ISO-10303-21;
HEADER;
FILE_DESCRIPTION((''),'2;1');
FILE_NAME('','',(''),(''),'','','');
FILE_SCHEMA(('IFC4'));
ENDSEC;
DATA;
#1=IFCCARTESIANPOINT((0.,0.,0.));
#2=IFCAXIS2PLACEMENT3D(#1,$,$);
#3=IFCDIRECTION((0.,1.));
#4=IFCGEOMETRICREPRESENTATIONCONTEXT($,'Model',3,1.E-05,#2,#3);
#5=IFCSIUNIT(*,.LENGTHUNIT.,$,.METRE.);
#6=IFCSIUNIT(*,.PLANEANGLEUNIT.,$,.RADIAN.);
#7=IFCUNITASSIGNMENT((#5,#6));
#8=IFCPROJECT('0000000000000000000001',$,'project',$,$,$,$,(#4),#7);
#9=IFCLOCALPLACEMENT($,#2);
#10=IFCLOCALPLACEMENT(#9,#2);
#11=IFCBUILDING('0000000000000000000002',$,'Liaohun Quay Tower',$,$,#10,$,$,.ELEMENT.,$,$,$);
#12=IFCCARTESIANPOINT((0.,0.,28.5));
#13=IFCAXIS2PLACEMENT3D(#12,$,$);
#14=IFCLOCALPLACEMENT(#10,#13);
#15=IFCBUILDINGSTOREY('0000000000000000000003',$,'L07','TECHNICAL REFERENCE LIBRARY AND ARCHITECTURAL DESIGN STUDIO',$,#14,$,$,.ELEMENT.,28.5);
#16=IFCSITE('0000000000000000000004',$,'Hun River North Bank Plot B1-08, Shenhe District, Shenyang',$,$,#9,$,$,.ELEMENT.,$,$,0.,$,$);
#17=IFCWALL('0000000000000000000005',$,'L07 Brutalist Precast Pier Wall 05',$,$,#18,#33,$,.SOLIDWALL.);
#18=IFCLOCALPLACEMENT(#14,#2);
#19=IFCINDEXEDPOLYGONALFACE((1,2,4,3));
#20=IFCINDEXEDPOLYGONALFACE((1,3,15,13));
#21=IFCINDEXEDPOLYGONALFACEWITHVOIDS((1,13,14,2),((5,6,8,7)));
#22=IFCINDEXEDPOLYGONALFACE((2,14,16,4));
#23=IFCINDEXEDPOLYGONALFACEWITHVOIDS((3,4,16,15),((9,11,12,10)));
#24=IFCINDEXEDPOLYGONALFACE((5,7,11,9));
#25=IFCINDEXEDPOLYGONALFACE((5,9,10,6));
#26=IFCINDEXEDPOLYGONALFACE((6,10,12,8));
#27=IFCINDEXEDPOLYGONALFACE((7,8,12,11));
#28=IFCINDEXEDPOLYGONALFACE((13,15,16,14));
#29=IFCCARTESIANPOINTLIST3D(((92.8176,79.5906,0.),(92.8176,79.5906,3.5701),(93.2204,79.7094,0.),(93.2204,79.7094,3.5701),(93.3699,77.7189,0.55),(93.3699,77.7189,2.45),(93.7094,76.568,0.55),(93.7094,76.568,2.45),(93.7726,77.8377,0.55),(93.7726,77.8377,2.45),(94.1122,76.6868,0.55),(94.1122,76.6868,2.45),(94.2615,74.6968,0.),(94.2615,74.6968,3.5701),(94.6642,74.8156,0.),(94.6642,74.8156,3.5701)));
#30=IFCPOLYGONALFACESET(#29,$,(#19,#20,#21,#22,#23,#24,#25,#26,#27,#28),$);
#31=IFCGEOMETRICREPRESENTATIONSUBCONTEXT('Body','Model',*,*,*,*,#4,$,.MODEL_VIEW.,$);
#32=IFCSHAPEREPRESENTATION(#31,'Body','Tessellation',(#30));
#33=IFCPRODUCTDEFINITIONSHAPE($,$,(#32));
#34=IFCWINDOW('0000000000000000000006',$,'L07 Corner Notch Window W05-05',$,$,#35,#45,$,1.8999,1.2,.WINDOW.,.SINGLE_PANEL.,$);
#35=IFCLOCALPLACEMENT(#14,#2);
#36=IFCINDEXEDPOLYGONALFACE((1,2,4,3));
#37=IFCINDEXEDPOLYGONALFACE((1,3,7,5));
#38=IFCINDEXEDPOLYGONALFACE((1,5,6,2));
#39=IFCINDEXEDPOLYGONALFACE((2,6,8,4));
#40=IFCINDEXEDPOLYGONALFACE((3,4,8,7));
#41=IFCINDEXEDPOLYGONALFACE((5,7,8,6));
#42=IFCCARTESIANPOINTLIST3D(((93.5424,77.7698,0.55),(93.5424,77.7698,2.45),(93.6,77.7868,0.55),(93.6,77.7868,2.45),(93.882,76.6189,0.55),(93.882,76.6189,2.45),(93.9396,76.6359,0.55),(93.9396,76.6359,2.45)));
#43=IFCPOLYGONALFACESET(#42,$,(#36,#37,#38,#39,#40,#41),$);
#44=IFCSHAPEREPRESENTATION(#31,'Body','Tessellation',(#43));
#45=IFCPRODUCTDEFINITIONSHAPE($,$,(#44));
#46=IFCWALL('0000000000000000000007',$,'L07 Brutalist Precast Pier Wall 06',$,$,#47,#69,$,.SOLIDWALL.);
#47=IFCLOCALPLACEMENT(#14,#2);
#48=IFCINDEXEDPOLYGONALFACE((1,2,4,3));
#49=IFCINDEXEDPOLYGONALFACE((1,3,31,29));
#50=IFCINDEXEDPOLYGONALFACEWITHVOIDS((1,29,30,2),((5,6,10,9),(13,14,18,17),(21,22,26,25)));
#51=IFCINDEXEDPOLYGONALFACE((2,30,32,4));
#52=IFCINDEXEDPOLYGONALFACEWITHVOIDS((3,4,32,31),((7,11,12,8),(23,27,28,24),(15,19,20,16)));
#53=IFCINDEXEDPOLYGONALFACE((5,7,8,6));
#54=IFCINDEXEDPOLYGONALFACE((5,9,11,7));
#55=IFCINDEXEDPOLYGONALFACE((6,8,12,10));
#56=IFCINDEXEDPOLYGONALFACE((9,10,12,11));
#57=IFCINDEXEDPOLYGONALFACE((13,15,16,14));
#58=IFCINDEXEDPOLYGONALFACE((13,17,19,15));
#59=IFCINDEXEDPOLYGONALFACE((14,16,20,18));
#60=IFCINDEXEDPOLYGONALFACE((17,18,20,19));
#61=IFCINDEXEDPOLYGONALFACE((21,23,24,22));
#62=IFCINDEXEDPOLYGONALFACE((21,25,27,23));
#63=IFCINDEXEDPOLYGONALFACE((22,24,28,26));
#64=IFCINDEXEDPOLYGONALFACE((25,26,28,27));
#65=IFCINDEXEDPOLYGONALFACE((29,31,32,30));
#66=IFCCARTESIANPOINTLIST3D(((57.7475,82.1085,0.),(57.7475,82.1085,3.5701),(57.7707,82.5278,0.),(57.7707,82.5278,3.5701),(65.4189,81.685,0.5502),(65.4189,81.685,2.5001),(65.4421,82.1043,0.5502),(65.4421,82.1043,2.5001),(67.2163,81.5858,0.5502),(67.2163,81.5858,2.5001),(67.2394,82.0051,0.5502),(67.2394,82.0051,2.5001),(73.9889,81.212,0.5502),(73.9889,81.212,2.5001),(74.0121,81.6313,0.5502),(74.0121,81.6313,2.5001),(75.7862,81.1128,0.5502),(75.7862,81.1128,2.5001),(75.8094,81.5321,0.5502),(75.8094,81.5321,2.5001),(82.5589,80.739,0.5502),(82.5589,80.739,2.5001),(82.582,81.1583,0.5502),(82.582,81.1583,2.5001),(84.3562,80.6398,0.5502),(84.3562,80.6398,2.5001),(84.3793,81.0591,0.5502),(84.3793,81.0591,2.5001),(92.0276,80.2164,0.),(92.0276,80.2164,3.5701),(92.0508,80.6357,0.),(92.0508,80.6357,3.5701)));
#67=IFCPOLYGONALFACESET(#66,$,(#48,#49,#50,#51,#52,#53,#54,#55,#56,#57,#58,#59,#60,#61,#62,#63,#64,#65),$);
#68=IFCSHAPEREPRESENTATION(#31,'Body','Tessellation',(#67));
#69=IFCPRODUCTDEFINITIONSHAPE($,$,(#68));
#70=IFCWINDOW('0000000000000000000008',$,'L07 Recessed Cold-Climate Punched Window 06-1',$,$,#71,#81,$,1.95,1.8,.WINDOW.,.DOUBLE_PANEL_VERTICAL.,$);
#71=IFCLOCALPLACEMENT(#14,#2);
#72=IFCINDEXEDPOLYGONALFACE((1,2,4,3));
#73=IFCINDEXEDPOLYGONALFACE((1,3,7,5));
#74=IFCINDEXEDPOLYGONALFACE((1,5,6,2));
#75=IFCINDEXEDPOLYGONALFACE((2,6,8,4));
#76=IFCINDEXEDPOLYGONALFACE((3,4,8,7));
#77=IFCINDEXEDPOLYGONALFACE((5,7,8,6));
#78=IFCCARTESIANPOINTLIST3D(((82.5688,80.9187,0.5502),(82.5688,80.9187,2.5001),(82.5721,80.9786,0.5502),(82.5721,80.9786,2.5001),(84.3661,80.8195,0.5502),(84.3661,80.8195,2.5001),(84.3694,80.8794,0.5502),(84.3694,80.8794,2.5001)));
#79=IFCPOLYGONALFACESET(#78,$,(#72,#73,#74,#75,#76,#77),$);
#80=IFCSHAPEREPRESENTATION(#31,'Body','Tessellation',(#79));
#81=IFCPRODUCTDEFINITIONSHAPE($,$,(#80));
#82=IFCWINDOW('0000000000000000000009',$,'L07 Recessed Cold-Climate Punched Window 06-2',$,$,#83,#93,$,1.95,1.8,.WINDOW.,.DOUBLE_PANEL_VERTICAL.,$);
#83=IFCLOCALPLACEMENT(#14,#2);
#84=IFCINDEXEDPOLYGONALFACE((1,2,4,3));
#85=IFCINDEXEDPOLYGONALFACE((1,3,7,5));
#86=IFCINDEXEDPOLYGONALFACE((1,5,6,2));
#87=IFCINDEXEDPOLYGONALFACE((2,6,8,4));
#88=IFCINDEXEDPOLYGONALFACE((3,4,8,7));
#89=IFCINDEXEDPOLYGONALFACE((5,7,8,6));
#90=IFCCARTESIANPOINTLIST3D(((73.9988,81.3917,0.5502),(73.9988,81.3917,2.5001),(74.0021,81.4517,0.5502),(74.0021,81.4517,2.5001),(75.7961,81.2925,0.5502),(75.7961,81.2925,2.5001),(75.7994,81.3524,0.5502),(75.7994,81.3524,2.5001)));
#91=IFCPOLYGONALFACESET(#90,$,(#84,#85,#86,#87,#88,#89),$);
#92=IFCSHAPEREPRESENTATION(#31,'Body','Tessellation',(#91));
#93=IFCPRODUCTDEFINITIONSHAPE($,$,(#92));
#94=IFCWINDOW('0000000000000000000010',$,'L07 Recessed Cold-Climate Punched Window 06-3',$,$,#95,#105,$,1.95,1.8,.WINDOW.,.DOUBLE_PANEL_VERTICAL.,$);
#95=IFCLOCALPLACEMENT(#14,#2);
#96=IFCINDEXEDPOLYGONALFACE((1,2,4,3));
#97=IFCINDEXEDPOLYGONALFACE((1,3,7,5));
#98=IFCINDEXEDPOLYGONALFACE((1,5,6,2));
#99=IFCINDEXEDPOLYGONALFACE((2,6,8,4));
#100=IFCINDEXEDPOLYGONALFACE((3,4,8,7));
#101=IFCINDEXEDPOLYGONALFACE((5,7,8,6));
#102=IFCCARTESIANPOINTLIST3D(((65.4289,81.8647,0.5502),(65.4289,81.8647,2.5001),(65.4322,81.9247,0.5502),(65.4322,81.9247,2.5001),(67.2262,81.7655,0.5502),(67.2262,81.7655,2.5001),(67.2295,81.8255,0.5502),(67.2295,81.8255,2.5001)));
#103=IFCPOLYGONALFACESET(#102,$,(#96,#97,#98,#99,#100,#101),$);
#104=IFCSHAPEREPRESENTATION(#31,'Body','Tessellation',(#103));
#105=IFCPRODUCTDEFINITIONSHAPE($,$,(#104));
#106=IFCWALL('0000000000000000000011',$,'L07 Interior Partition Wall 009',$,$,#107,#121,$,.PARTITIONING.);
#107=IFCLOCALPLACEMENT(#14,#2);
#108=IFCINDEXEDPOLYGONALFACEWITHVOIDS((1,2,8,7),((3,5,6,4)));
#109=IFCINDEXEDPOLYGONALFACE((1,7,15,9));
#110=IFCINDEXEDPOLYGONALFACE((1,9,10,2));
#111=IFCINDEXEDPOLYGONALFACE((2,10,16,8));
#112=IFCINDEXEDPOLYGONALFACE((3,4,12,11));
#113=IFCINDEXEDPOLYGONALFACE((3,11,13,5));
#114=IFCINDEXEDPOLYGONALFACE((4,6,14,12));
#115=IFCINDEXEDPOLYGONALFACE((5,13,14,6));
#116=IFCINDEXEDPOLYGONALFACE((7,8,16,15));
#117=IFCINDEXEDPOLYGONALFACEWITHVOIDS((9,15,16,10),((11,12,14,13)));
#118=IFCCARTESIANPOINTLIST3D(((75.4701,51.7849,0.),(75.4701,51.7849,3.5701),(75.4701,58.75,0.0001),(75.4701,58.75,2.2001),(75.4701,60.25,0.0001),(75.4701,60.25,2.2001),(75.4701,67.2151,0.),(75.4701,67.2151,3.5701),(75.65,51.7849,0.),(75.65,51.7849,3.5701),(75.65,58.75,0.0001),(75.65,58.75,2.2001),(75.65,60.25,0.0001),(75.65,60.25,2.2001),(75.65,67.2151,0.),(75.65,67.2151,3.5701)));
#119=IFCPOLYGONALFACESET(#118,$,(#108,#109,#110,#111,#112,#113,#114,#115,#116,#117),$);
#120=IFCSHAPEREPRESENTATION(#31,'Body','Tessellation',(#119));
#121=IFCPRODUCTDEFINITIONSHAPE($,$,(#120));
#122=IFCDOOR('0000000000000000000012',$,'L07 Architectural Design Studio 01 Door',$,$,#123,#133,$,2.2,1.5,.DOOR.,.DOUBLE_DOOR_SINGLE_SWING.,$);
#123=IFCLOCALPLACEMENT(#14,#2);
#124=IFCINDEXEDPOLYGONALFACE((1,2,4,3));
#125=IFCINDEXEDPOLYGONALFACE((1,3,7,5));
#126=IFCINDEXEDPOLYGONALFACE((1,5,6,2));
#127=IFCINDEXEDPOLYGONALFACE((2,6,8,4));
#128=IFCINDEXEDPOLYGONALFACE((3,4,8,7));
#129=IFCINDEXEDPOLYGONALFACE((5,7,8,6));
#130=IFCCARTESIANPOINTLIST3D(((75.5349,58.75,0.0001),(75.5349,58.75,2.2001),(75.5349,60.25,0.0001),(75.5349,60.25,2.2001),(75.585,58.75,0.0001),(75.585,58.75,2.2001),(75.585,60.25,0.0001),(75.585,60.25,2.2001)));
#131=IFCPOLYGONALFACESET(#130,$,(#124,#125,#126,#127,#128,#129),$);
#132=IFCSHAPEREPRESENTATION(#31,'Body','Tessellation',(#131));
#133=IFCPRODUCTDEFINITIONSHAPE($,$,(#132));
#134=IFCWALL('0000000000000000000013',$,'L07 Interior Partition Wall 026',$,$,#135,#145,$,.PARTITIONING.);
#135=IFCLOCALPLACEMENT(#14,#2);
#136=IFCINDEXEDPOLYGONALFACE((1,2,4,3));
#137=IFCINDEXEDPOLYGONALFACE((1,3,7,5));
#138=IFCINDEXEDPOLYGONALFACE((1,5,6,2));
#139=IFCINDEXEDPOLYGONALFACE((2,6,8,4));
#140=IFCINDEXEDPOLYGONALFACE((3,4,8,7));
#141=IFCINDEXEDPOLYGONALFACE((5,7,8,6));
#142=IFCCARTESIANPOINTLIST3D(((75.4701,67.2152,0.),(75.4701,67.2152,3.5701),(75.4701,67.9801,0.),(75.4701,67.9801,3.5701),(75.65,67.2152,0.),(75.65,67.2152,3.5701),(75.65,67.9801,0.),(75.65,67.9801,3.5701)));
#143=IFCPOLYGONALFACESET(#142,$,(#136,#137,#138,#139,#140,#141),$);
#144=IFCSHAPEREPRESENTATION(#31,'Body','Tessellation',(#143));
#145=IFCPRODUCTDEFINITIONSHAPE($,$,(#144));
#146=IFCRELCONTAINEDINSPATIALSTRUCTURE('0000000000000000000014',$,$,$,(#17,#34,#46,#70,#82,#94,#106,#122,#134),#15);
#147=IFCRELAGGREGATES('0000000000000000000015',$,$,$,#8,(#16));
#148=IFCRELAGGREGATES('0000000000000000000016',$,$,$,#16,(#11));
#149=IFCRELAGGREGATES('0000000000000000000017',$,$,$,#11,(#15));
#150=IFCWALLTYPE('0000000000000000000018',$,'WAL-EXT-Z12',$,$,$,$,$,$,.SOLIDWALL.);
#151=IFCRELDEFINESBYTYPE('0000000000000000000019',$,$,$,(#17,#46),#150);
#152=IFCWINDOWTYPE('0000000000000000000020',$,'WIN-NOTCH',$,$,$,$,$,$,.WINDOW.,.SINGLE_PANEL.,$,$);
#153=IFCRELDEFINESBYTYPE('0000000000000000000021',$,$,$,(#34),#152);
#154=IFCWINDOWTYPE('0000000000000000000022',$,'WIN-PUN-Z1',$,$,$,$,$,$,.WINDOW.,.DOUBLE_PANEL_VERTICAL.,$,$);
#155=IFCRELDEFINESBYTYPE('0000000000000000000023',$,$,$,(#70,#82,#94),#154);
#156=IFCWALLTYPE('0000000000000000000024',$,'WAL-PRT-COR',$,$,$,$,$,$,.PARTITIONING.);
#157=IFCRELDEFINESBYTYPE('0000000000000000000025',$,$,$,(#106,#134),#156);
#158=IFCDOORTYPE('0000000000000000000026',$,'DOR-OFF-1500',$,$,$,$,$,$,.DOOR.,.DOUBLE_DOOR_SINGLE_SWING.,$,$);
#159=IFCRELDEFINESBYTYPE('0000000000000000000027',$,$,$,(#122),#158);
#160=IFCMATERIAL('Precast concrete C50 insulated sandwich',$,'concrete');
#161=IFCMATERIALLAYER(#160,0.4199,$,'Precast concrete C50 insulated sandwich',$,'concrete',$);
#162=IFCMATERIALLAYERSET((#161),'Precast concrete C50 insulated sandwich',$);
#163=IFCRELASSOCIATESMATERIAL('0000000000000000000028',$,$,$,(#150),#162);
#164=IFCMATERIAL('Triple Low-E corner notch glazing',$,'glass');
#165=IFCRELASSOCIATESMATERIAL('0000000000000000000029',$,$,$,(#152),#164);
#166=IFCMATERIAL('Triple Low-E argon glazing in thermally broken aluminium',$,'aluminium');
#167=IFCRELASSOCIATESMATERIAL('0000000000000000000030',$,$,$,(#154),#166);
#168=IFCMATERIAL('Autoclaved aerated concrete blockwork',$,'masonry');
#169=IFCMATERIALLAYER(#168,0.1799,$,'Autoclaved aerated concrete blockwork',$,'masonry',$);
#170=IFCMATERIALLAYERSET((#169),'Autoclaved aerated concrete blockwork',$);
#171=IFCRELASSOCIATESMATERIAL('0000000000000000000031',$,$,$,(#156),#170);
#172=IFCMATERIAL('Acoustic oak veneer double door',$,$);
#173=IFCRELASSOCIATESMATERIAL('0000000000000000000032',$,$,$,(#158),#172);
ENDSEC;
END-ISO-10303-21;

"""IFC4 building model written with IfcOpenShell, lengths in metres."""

from ifc_helpers import new_model, si_unit, direction, frame, frame_2d, origin, place, context, subcontext, project, spatial, rectangle, extrude, source, transform, mapped, material, layer, layer_set, type_object, element, fill, save


model = new_model("IFC4")

# Units and contexts
model_context = context("Model", 3, precision=1e-05, world=origin(), true_north=direction((0.0, 1.0)))
body_context = subcontext(model_context, "Body", "Model", "MODEL_VIEW")
ifc_project = project(units=[si_unit("LENGTHUNIT", "METRE"), si_unit("PLANEANGLEUNIT", "RADIAN")], contexts=[model_context])

# Site, building, storey
site_placement = place(None, origin())
site = spatial("IfcSite", under=ifc_project, at=site_placement, Name="Hun River North Bank Plot B1-08, Shenhe District, Shenyang", CompositionType="ELEMENT", RefElevation=0.0)
building_placement = place(site_placement, origin())
building = spatial("IfcBuilding", under=site, at=building_placement, Name="Liaohun Quay Tower", CompositionType="ELEMENT")
storey_placement = place(building_placement, frame((0.0, 0.0, 28.5)))
storey = spatial("IfcBuildingStorey", under=building, at=storey_placement, Name="L07", Description="TECHNICAL REFERENCE LIBRARY AND ARCHITECTURAL DESIGN STUDIO", CompositionType="ELEMENT", Elevation=28.5)

# Wall, opening, window
ifc_material_1 = material(Name="Precast concrete C50 insulated sandwich", Category="concrete")
ifc_layer_1 = layer(ifc_material_1, 0.4199, Name="Precast concrete C50 insulated sandwich", Category="concrete")
ifc_layer_set_1 = layer_set([ifc_layer_1], Name="Precast concrete C50 insulated sandwich")
wall_type_1 = type_object("IfcWallType", Name="WAL-EXT-Z12", PredefinedType="SOLIDWALL", material=ifc_layer_set_1)
shared_shape_1 = source(origin(), body_context, "Body", "SweptSolid", [
    extrude(rectangle(XDim=1.2, YDim=1.8999, at=frame_2d((0.6001, 0.95))), frame((0.0, 0.22, 0.0), z_axis=(0.0, -1.0, 0.0), x_axis=(1.0, 0.0, 0.0)), (0.0, 0.0, 1.0), 0.4399),
])
ifc_material_2 = material(Name="Triple Low-E corner notch glazing", Category="glass")
window_type_1 = type_object("IfcWindowType", Name="WIN-NOTCH", PartitioningType="SINGLE_PANEL", PredefinedType="WINDOW", material=ifc_material_2)
shared_shape_2 = source(origin(), body_context, "Body", "SweptSolid", [
    extrude(rectangle(XDim=1.2, YDim=1.8999, at=frame_2d((0.6001, 0.95))), frame((0.0, 0.03, 0.0), z_axis=(0.0, -1.0, 0.0), x_axis=(1.0, 0.0, 0.0)), (0.0, 0.0, 1.0), 0.0601),
])
wall_1_placement = place(storey_placement, frame((94.4629, 74.7561, 0.0), z_axis=(0.0, 0.0, 1.0), x_axis=(-0.282977, 0.959127, 0.0)))
wall_1 = element("IfcWall", 1, at=wall_1_placement, inside=storey, type_object=wall_type_1, Name="L07 Brutalist Precast Pier Wall 05", PredefinedType="SOLIDWALL", context=body_context, shape_type="SweptSolid", body=[
    extrude(rectangle(XDim=5.1023, YDim=0.4199, at=frame_2d((2.5513, 0.0))), origin(), (0.0, 0.0, 1.0), 3.5701),
])
opening_1_placement = place(wall_1_placement, frame((1.9509, 0.0, 0.55)))
opening_1 = element("IfcOpeningElement", 2, at=opening_1_placement, cuts=wall_1, PredefinedType="OPENING", context=body_context, shape_type="MappedRepresentation", body=[
    mapped(shared_shape_1, transform((0.0, 0.0, 0.0), x_axis=(1.0, 0.0, 0.0), y_axis=(0.0, 1.0, 0.0), z_axis=(0.0, 0.0, 1.0), scale=1.0)),
])
window_1_placement = place(opening_1_placement, origin())
window_1 = element("IfcWindow", 3, at=window_1_placement, inside=storey, type_object=window_type_1, Name="L07 Corner Notch Window W05-05", OverallHeight=1.8999, OverallWidth=1.2, PartitioningType="SINGLE_PANEL", PredefinedType="WINDOW", context=body_context, shape_type="MappedRepresentation", body=[
    mapped(shared_shape_2, transform((0.0, 0.0, 0.0), x_axis=(1.0, 0.0, 0.0), y_axis=(0.0, 1.0, 0.0), z_axis=(0.0, 0.0, 1.0), scale=1.0)),
])
fill(opening_1, window_1)

# Wall, openings, windows
wall_2_placement = place(storey_placement, frame((92.0391, 80.426, 0.0), z_axis=(0.0, 0.0, 1.0), x_axis=(-0.99848, 0.055111, 0.0)))
wall_2 = element("IfcWall", 4, at=wall_2_placement, inside=storey, type_object=wall_type_1, Name="L07 Brutalist Precast Pier Wall 06", PredefinedType="SOLIDWALL", context=body_context, shape_type="SweptSolid", body=[
    extrude(rectangle(XDim=34.3323, YDim=0.4199, at=frame_2d((17.166, 0.0))), origin(), (0.0, 0.0, 1.0), 3.5701),
])
shared_shape_3 = source(origin(), body_context, "Body", "SweptSolid", [
    extrude(rectangle(XDim=1.8, YDim=1.95, at=frame_2d((0.8999, 0.9751))), frame((0.0, 0.22, 0.0), z_axis=(0.0, -1.0, 0.0), x_axis=(1.0, 0.0, 0.0)), (0.0, 0.0, 1.0), 0.4399),
])
opening_2_placement = place(wall_2_placement, frame((7.6831, 0.0, 0.55)))
opening_2 = element("IfcOpeningElement", 5, at=opening_2_placement, cuts=wall_2, PredefinedType="OPENING", context=body_context, shape_type="MappedRepresentation", body=[
    mapped(shared_shape_3, transform((0.0, 0.0, 0.0), x_axis=(1.0, 0.0, 0.0), y_axis=(0.0, 1.0, 0.0), z_axis=(0.0, 0.0, 1.0), scale=1.0)),
])
opening_3_placement = place(wall_2_placement, frame((16.2661, 0.0, 0.55)))
opening_3 = element("IfcOpeningElement", 6, at=opening_3_placement, cuts=wall_2, PredefinedType="OPENING", context=body_context, shape_type="MappedRepresentation", body=[
    mapped(shared_shape_3, transform((0.0, 0.0, 0.0), x_axis=(1.0, 0.0, 0.0), y_axis=(0.0, 1.0, 0.0), z_axis=(0.0, 0.0, 1.0), scale=1.0)),
])
opening_4_placement = place(wall_2_placement, frame((24.8491, 0.0, 0.55)))
opening_4 = element("IfcOpeningElement", 7, at=opening_4_placement, cuts=wall_2, PredefinedType="OPENING", context=body_context, shape_type="MappedRepresentation", body=[
    mapped(shared_shape_3, transform((0.0, 0.0, 0.0), x_axis=(1.0, 0.0, 0.0), y_axis=(0.0, 1.0, 0.0), z_axis=(0.0, 0.0, 1.0), scale=1.0)),
])
ifc_material_3 = material(Name="Triple Low-E argon glazing in thermally broken aluminium", Category="aluminium")
window_type_2 = type_object("IfcWindowType", Name="WIN-PUN-Z1", PartitioningType="DOUBLE_PANEL_VERTICAL", PredefinedType="WINDOW", material=ifc_material_3)
shared_shape_4 = source(origin(), body_context, "Body", "SweptSolid", [
    extrude(rectangle(XDim=1.8, YDim=1.95, at=frame_2d((0.8999, 0.9751))), frame((0.0, 0.03, 0.0), z_axis=(0.0, -1.0, 0.0), x_axis=(1.0, 0.0, 0.0)), (0.0, 0.0, 1.0), 0.0601),
])
window_2_placement = place(opening_2_placement, origin())
window_2 = element("IfcWindow", 8, at=window_2_placement, inside=storey, type_object=window_type_2, Name="L07 Recessed Cold-Climate Punched Window 06-1", OverallHeight=1.95, OverallWidth=1.8, PartitioningType="DOUBLE_PANEL_VERTICAL", PredefinedType="WINDOW", context=body_context, shape_type="MappedRepresentation", body=[
    mapped(shared_shape_4, transform((0.0, 0.0, 0.0), x_axis=(1.0, 0.0, 0.0), y_axis=(0.0, 1.0, 0.0), z_axis=(0.0, 0.0, 1.0), scale=1.0)),
])
fill(opening_2, window_2)
window_3_placement = place(opening_3_placement, origin())
window_3 = element("IfcWindow", 9, at=window_3_placement, inside=storey, type_object=window_type_2, Name="L07 Recessed Cold-Climate Punched Window 06-2", OverallHeight=1.95, OverallWidth=1.8, PartitioningType="DOUBLE_PANEL_VERTICAL", PredefinedType="WINDOW", context=body_context, shape_type="MappedRepresentation", body=[
    mapped(shared_shape_4, transform((0.0, 0.0, 0.0), x_axis=(1.0, 0.0, 0.0), y_axis=(0.0, 1.0, 0.0), z_axis=(0.0, 0.0, 1.0), scale=1.0)),
])
fill(opening_3, window_3)
window_4_placement = place(opening_4_placement, origin())
window_4 = element("IfcWindow", 10, at=window_4_placement, inside=storey, type_object=window_type_2, Name="L07 Recessed Cold-Climate Punched Window 06-3", OverallHeight=1.95, OverallWidth=1.8, PartitioningType="DOUBLE_PANEL_VERTICAL", PredefinedType="WINDOW", context=body_context, shape_type="MappedRepresentation", body=[
    mapped(shared_shape_4, transform((0.0, 0.0, 0.0), x_axis=(1.0, 0.0, 0.0), y_axis=(0.0, 1.0, 0.0), z_axis=(0.0, 0.0, 1.0), scale=1.0)),
])
fill(opening_4, window_4)

# Wall, opening, door
ifc_material_4 = material(Name="Autoclaved aerated concrete blockwork", Category="masonry")
ifc_layer_2 = layer(ifc_material_4, 0.1799, Name="Autoclaved aerated concrete blockwork", Category="masonry")
ifc_layer_set_2 = layer_set([ifc_layer_2], Name="Autoclaved aerated concrete blockwork")
wall_type_2 = type_object("IfcWallType", Name="WAL-PRT-COR", PredefinedType="PARTITIONING", material=ifc_layer_set_2)
wall_3_placement = place(storey_placement, frame((75.5601, 67.2151, 0.0), z_axis=(0.0, 0.0, 1.0), x_axis=(0.0, -1.0, 0.0)))
wall_3 = element("IfcWall", 11, at=wall_3_placement, inside=storey, type_object=wall_type_2, Name="L07 Interior Partition Wall 009", PredefinedType="PARTITIONING", context=body_context, shape_type="SweptSolid", body=[
    extrude(rectangle(XDim=15.4302, YDim=0.1799, at=frame_2d((7.7151, 0.0))), origin(), (0.0, 0.0, 1.0), 3.5701),
])
shared_shape_5 = source(origin(), body_context, "Body", "SweptSolid", [
    extrude(rectangle(XDim=1.5, YDim=2.2, at=frame_2d((0.75, 1.1001))), frame((0.0, 0.0999, 0.0), z_axis=(0.0, -1.0, 0.0), x_axis=(1.0, 0.0, 0.0)), (0.0, 0.0, 1.0), 0.2),
])
opening_5_placement = place(wall_3_placement, frame((6.9651, 0.0, 0.0)))
opening_5 = element("IfcOpeningElement", 12, at=opening_5_placement, cuts=wall_3, PredefinedType="OPENING", context=body_context, shape_type="MappedRepresentation", body=[
    mapped(shared_shape_5, transform((0.0, 0.0, 0.0), x_axis=(1.0, 0.0, 0.0), y_axis=(0.0, 1.0, 0.0), z_axis=(0.0, 0.0, 1.0), scale=1.0)),
])
ifc_material_5 = material(Name="Acoustic oak veneer double door")
door_type = type_object("IfcDoorType", Name="DOR-OFF-1500", OperationType="DOUBLE_DOOR_SINGLE_SWING", PredefinedType="DOOR", material=ifc_material_5)
shared_shape_6 = source(origin(), body_context, "Body", "SweptSolid", [
    extrude(rectangle(XDim=1.5, YDim=2.2, at=frame_2d((0.75, 1.1001))), frame((0.0, 0.0249, 0.0), z_axis=(0.0, -1.0, 0.0), x_axis=(1.0, 0.0, 0.0)), (0.0, 0.0, 1.0), 0.05),
])
door_placement = place(opening_5_placement, origin())
door = element("IfcDoor", 13, at=door_placement, inside=storey, type_object=door_type, Name="L07 Architectural Design Studio 01 Door", OperationType="DOUBLE_DOOR_SINGLE_SWING", OverallHeight=2.2, OverallWidth=1.5, PredefinedType="DOOR", context=body_context, shape_type="MappedRepresentation", body=[
    mapped(shared_shape_6, transform((0.0, 0.0, 0.0), x_axis=(1.0, 0.0, 0.0), y_axis=(0.0, 1.0, 0.0), z_axis=(0.0, 0.0, 1.0), scale=1.0)),
])
fill(opening_5, door)

# Wall
wall_4_placement = place(storey_placement, frame((75.5601, 67.98, 0.0), z_axis=(0.0, 0.0, 1.0), x_axis=(0.0, -1.0, 0.0)))
element("IfcWall", 14, at=wall_4_placement, inside=storey, type_object=wall_type_2, Name="L07 Interior Partition Wall 026", PredefinedType="PARTITIONING", context=body_context, shape_type="SweptSolid", body=[
    extrude(rectangle(XDim=0.7649, YDim=0.1799, at=frame_2d((0.3823, 0.0))), origin(), (0.0, 0.0, 1.0), 3.5701),
])

save(model, "model.ifc")
